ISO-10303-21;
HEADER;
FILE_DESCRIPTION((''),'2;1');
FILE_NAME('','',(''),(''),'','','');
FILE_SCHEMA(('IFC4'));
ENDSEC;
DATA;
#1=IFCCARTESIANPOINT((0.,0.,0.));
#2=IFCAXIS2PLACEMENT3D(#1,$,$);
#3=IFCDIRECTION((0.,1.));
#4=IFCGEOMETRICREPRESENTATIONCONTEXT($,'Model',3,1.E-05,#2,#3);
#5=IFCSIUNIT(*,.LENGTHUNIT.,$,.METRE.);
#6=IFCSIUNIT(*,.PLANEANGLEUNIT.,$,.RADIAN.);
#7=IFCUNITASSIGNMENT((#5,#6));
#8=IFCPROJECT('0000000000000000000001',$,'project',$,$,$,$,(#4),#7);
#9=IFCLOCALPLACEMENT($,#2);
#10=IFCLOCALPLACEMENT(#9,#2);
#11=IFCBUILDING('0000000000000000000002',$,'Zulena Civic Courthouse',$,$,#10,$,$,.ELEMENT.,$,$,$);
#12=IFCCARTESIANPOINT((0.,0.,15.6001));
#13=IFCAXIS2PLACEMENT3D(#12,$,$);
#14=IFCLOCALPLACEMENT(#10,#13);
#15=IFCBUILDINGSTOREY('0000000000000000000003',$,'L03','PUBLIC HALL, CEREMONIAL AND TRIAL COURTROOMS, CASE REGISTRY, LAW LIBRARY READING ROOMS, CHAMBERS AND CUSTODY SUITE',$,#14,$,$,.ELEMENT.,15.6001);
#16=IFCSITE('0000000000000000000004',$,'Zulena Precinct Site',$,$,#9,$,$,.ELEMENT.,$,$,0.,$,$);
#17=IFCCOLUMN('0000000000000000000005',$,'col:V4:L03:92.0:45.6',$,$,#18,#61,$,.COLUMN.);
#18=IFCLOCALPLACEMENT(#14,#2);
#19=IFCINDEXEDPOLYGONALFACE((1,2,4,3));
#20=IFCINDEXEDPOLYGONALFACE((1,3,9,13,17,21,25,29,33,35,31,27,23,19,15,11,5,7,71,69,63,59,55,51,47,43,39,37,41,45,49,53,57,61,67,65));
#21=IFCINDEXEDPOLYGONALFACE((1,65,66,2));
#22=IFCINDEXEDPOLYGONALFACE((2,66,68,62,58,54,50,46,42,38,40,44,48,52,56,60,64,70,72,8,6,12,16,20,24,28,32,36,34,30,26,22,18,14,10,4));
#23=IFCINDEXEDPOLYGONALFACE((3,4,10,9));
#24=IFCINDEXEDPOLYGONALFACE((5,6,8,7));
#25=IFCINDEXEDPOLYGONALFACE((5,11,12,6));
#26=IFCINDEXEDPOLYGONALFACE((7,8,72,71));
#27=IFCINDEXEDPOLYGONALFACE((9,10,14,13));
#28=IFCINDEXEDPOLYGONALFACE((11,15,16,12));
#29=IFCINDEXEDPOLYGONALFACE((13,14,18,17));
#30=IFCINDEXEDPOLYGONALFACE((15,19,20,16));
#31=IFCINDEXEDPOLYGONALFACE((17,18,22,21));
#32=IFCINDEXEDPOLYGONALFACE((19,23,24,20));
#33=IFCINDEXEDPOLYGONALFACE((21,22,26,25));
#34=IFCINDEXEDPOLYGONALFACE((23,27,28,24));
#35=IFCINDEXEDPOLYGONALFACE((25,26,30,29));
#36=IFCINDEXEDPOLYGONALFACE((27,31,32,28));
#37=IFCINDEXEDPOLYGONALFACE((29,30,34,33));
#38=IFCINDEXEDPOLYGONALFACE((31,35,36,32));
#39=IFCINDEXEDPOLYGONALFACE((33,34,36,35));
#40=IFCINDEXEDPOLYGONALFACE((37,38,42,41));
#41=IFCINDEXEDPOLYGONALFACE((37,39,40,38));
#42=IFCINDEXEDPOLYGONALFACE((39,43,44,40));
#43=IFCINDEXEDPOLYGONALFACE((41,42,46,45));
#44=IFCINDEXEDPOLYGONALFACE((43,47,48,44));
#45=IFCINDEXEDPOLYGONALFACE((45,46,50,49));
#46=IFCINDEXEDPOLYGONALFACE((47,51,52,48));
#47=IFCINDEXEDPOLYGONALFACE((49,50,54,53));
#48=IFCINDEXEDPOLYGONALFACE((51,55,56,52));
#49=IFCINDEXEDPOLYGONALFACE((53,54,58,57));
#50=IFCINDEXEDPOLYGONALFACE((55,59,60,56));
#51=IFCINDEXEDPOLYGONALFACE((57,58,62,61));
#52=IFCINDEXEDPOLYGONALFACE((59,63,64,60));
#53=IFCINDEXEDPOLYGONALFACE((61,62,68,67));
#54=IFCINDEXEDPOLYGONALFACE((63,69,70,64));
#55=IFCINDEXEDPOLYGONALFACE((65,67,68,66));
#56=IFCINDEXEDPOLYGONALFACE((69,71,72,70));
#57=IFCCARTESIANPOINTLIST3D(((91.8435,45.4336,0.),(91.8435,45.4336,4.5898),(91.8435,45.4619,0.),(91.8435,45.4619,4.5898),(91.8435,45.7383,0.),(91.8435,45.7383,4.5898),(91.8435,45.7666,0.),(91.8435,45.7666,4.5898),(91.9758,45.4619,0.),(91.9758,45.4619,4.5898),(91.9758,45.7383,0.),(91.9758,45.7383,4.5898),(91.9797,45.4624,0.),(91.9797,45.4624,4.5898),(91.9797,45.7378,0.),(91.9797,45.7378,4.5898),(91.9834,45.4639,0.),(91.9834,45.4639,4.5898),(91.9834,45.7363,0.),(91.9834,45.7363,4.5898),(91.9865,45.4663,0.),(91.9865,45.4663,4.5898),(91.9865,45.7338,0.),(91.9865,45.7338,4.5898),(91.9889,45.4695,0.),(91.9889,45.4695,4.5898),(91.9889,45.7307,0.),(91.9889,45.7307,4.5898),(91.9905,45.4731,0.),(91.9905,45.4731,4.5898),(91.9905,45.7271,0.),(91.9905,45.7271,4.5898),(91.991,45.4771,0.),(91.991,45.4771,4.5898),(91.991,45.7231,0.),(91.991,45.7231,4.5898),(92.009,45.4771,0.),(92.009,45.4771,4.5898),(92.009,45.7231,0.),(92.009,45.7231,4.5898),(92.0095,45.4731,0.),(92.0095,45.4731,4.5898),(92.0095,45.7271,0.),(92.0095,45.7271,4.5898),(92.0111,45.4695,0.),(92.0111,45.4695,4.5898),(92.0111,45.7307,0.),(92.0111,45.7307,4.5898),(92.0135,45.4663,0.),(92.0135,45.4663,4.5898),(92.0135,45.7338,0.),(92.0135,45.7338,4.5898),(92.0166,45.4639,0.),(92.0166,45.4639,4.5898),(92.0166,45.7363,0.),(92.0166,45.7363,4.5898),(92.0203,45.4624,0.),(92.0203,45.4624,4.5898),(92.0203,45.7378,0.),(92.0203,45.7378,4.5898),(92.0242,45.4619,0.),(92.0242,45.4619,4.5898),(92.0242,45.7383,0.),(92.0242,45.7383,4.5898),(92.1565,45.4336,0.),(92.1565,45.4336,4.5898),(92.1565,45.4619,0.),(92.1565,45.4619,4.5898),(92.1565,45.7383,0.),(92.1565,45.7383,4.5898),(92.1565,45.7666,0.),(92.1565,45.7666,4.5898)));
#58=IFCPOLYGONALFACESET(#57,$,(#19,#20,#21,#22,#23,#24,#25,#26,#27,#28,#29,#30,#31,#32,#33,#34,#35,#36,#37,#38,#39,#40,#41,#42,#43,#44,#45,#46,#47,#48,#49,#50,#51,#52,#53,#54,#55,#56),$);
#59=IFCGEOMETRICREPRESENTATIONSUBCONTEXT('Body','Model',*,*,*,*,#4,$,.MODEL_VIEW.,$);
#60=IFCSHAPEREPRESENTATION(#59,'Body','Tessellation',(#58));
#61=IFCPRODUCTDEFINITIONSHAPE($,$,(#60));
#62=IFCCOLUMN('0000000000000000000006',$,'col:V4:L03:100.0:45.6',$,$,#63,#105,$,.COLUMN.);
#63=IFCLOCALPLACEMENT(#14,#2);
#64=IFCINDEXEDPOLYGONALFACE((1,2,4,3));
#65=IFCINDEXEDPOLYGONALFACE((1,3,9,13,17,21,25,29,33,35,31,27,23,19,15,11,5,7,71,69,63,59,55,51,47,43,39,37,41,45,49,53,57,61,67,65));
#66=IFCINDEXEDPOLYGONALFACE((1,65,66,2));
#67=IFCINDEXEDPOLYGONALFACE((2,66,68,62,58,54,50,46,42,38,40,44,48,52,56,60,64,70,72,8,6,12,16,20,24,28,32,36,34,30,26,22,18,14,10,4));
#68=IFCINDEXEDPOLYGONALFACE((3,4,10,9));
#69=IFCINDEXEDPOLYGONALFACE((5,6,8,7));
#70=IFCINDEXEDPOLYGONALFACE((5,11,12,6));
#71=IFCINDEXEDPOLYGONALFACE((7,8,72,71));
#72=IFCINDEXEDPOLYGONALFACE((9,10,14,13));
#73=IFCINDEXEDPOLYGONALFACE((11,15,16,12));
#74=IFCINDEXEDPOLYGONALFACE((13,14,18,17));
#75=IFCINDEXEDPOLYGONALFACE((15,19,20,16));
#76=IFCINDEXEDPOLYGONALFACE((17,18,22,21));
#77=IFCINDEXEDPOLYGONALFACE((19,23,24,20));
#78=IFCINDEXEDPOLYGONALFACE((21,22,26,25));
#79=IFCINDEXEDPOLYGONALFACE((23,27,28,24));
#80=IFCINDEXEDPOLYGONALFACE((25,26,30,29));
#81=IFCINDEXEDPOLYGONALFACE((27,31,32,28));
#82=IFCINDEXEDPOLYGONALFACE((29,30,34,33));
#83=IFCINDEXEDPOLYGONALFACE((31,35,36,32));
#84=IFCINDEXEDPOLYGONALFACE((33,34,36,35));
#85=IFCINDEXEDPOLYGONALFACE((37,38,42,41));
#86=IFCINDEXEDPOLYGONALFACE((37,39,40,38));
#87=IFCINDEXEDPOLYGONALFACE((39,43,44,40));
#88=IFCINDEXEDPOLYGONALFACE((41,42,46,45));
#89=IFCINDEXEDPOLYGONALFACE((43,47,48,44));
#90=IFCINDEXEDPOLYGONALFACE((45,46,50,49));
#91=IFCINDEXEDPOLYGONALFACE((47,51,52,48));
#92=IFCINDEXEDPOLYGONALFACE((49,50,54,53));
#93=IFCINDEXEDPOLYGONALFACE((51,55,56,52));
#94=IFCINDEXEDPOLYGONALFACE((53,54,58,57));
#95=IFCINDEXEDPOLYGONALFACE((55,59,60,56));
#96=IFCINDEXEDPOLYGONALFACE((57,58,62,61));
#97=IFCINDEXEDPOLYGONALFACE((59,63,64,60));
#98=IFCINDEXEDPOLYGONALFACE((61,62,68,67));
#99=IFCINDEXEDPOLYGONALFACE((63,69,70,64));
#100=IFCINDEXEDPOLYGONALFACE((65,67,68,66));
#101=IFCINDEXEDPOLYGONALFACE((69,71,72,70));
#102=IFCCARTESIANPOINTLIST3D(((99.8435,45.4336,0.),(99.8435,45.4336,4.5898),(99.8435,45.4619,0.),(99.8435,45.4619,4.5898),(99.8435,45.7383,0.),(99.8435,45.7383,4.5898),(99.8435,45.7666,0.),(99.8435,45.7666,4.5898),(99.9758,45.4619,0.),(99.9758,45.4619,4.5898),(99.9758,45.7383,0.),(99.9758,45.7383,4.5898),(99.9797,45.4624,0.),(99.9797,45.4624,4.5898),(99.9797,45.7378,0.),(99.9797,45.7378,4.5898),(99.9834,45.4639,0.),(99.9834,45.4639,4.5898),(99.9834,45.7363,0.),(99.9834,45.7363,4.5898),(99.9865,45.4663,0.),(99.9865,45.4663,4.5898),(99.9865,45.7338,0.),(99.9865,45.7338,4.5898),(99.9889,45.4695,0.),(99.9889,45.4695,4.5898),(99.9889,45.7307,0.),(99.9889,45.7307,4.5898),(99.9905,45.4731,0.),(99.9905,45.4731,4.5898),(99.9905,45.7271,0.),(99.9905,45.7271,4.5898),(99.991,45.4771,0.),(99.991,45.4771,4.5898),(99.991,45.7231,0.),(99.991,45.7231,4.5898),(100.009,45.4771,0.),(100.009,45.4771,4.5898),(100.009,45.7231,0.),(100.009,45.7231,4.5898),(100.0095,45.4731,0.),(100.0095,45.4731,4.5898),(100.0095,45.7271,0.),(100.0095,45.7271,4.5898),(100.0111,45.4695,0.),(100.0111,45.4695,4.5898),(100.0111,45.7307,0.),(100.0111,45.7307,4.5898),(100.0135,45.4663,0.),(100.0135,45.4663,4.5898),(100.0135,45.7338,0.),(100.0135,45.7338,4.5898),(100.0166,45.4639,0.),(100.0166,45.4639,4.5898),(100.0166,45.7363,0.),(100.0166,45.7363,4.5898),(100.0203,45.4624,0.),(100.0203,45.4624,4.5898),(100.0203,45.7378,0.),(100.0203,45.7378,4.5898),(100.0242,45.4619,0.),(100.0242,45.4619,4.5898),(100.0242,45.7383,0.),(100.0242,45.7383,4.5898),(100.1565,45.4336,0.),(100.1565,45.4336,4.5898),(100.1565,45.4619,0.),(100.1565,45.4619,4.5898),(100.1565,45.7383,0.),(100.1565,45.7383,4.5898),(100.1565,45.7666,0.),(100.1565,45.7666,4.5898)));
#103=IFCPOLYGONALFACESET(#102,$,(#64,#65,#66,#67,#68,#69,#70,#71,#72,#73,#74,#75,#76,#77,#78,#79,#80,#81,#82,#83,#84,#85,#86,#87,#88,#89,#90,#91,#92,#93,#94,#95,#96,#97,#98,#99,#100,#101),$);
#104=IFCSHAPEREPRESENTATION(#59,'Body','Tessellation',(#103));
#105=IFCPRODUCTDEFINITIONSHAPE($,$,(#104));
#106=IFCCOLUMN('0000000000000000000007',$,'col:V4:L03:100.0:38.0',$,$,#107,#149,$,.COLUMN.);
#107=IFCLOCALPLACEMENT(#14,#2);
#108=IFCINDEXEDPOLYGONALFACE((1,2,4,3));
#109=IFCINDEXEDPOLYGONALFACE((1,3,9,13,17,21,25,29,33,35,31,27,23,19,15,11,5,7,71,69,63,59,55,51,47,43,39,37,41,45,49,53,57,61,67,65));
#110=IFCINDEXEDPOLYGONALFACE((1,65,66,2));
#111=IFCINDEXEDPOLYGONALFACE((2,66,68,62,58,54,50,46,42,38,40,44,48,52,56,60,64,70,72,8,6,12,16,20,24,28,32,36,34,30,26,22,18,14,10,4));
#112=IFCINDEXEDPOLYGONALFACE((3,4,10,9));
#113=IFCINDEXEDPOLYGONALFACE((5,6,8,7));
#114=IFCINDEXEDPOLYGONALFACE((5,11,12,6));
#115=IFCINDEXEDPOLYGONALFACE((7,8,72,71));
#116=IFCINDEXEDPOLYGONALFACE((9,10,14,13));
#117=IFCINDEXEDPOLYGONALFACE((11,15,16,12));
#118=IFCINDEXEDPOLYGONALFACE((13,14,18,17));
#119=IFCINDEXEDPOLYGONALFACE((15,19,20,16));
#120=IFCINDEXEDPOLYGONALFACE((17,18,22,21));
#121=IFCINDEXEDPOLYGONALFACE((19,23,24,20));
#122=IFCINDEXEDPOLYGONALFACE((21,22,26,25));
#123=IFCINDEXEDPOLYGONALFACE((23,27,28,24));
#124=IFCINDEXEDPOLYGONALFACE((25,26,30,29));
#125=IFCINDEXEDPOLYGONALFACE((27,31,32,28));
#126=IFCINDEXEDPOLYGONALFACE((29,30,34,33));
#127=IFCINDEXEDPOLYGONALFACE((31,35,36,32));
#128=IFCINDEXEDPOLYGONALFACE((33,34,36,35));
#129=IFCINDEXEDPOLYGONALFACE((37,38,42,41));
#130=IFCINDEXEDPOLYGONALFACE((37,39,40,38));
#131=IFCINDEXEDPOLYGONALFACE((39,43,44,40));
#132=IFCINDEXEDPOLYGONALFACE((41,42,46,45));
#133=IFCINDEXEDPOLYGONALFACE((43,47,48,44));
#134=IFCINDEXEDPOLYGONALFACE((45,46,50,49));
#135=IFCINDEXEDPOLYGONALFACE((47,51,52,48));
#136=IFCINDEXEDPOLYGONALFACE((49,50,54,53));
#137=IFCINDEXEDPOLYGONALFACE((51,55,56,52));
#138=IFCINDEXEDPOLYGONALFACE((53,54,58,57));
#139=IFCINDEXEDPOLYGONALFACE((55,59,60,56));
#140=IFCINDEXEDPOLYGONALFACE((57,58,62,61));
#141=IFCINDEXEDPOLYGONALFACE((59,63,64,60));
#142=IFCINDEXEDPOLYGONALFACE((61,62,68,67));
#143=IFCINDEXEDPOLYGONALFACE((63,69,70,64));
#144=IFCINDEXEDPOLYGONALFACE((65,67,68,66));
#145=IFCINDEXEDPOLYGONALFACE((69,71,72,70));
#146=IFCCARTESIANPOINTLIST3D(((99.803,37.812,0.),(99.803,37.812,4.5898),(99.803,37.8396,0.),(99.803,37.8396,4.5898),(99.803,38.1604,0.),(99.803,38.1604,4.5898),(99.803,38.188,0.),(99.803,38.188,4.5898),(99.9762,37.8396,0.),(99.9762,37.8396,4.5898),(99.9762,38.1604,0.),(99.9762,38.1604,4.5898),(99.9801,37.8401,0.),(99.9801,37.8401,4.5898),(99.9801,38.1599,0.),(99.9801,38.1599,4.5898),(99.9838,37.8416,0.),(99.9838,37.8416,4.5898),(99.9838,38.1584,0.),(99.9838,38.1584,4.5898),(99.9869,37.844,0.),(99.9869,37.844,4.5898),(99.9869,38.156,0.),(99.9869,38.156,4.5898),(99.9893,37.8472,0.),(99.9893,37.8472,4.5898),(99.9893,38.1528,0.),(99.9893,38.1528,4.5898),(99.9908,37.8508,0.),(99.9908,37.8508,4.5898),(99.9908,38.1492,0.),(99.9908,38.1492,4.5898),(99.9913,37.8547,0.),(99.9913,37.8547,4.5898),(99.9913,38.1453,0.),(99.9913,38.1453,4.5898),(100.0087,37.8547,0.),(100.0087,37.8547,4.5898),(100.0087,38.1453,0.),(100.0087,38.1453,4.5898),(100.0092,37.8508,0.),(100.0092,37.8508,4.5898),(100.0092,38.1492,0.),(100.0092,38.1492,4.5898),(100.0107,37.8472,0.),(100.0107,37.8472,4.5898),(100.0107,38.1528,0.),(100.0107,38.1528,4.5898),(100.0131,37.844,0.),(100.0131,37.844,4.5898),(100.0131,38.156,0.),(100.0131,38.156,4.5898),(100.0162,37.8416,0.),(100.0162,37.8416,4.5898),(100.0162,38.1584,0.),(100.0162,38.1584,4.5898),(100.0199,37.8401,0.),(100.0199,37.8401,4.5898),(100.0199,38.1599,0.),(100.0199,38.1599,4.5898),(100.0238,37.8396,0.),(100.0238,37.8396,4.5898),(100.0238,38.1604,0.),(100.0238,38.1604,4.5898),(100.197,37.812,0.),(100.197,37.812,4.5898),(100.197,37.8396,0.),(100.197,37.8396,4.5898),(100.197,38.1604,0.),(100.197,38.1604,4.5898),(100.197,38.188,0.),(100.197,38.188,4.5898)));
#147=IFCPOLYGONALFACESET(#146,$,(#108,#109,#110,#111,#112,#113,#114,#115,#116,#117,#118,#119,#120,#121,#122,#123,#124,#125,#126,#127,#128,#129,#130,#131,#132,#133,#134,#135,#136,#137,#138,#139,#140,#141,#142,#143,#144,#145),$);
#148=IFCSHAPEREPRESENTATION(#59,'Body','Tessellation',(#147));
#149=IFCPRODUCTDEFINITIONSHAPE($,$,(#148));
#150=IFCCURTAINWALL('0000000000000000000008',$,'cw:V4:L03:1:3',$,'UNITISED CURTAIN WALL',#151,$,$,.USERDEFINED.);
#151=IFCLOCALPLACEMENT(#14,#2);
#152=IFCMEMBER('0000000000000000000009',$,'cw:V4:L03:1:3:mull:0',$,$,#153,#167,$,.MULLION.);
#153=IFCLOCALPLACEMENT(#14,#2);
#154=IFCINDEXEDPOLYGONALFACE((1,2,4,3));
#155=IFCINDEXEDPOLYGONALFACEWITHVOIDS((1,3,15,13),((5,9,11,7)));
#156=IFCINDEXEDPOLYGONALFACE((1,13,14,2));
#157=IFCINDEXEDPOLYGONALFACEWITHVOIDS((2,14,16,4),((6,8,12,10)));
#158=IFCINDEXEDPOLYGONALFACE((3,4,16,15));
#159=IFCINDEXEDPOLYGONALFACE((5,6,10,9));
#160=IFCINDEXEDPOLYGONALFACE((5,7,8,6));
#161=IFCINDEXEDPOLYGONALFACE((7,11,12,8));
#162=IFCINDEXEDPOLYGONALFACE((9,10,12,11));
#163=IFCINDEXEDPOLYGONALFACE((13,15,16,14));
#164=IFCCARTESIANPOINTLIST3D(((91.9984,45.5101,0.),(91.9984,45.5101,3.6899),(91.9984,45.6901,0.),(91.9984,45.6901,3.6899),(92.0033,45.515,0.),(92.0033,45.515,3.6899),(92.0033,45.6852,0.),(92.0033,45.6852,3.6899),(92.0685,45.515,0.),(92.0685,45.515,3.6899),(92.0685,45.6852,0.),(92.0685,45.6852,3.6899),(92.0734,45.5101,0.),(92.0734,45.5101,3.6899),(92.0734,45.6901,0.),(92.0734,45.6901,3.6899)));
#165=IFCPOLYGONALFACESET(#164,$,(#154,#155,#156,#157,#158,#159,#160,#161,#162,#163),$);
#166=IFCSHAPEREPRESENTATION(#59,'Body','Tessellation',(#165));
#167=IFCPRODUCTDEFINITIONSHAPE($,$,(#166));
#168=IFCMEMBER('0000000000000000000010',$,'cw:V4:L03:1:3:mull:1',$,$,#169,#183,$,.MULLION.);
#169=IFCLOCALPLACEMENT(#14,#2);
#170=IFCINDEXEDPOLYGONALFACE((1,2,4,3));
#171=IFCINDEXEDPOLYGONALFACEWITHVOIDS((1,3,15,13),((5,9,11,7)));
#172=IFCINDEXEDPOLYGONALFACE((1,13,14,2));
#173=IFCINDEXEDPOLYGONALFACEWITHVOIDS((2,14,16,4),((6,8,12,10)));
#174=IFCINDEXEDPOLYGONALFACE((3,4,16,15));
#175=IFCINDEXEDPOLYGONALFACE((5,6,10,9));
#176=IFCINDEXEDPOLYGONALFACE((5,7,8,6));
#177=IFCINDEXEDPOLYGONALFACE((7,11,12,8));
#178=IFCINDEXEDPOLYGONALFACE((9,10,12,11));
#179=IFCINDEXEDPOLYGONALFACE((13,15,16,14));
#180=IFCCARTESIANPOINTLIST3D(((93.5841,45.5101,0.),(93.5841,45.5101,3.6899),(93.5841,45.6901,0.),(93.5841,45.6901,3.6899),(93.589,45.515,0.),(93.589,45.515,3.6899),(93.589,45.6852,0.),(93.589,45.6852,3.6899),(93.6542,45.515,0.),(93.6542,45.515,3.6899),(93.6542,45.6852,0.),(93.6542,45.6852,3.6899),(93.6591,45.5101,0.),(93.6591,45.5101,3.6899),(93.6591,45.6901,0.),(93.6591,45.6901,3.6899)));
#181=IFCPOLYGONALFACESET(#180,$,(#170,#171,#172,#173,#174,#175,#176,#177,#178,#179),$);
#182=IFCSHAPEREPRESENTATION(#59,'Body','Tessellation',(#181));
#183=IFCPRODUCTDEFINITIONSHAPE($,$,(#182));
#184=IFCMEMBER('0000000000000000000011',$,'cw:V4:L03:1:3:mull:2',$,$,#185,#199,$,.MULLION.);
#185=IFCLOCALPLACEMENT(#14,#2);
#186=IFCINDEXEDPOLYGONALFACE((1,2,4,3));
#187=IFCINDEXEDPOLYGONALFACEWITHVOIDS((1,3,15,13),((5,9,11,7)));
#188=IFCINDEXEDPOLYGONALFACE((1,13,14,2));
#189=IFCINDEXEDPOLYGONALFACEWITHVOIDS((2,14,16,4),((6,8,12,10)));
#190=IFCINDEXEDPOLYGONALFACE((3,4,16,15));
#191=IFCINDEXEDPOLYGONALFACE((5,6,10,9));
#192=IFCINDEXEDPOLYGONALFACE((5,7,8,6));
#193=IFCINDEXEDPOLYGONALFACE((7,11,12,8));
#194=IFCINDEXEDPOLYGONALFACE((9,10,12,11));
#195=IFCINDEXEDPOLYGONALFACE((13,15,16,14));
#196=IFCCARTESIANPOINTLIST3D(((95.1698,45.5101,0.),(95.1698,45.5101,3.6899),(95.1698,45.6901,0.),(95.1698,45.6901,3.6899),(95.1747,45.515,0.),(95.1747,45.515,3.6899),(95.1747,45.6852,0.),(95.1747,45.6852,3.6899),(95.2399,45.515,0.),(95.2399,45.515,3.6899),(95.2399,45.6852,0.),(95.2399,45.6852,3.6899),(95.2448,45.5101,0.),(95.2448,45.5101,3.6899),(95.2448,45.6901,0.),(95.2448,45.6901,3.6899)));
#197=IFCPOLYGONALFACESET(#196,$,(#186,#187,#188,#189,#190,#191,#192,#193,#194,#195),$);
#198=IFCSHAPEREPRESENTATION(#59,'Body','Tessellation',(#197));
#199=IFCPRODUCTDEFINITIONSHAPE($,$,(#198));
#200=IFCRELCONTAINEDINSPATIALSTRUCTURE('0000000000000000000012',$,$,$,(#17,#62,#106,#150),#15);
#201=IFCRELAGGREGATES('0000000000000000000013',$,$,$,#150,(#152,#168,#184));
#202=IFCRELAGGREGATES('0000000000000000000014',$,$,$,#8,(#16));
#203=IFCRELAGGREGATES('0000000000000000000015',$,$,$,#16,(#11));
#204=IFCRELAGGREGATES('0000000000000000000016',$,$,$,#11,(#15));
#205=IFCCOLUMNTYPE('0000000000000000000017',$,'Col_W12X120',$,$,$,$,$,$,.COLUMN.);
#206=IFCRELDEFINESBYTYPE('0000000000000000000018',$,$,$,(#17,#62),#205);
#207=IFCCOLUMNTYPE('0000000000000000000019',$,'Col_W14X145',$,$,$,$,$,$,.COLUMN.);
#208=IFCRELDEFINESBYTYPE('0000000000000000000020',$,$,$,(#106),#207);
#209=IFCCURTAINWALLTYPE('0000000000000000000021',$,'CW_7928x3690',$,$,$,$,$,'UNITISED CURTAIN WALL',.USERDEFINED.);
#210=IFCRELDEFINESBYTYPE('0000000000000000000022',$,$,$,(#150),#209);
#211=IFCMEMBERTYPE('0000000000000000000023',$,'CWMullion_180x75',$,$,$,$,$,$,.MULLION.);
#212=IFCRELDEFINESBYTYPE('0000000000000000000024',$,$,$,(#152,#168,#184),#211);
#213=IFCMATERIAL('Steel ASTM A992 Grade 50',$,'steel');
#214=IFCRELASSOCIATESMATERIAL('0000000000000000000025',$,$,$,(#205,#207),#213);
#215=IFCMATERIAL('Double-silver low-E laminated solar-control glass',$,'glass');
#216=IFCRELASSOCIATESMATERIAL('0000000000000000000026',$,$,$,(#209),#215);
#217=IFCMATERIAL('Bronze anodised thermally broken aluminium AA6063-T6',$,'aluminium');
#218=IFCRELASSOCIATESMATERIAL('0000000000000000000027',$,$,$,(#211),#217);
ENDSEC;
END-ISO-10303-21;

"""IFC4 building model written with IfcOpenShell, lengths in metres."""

from ifc_helpers import new_model, si_unit, direction, frame, origin, origin_2d, place, context, subcontext, project, spatial, hollow_rectangle, i_section, extrude, material, material_profile, profile_set, type_object, element, aggregate, save


model = new_model("IFC4")

# Units and contexts
model_context = context("Model", 3, precision=1e-05, world=origin(), true_north=direction((0.0, 1.0)))
body_context = subcontext(model_context, "Body", "Model", "MODEL_VIEW")
ifc_project = project(units=[si_unit("LENGTHUNIT", "METRE"), si_unit("PLANEANGLEUNIT", "RADIAN")], contexts=[model_context])

# Site, building, storey
site_placement = place(None, origin())
site = spatial("IfcSite", under=ifc_project, at=site_placement, Name="Zulena Precinct Site", CompositionType="ELEMENT", RefElevation=0.0)
building_placement = place(site_placement, origin())
building = spatial("IfcBuilding", under=site, at=building_placement, Name="Zulena Civic Courthouse", CompositionType="ELEMENT")
storey_placement = place(building_placement, frame((0.0, 0.0, 15.6001)))
storey = spatial("IfcBuildingStorey", under=building, at=storey_placement, Name="L03", Description="PUBLIC HALL, CEREMONIAL AND TRIAL COURTROOMS, CASE REGISTRY, LAW LIBRARY READING ROOMS, CHAMBERS AND CUSTODY SUITE", CompositionType="ELEMENT", Elevation=15.6001)

# Columns
ifc_material_1 = material(Name="Steel ASTM A992 Grade 50", Category="steel")
ifc_material_profile_1 = material_profile(ifc_material_1, i_section(OverallWidth=0.313, OverallDepth=0.333, WebThickness=0.0181, FlangeThickness=0.0283, FilletRadius=0.0151, at=origin_2d()), Name="W12X120")
ifc_profile_set_1 = profile_set([ifc_material_profile_1], Name="Steel ASTM A992 Grade 50")
column_type_1 = type_object("IfcColumnType", Name="Col_W12X120", PredefinedType="COLUMN", material=ifc_profile_set_1)
for number, where, z_axis, x_axis, name in (
    (1, (92.0, 45.6001, 0.0), (0.0, 0.0, 1.0), (1.0, 0.0, 0.0), "col:V4:L03:92.0:45.6"),
    (2, (100.0, 45.6001, 0.0), (0.0, 0.0, 1.0), (1.0, 0.0, 0.0), "col:V4:L03:100.0:45.6"),
):
    element("IfcColumn", number, at=place(storey_placement, frame(where, z_axis=z_axis, x_axis=x_axis)), inside=storey, type_object=column_type_1, Name=name, PredefinedType="COLUMN", context=body_context, shape_type="SweptSolid", body=[
        extrude(i_section(OverallWidth=0.313, OverallDepth=0.333, WebThickness=0.0181, FlangeThickness=0.0283, FilletRadius=0.0151, at=origin_2d()), origin(), (0.0, 0.0, 1.0), 4.5898),
    ])
ifc_material_profile_2 = material_profile(ifc_material_1, i_section(OverallWidth=0.394, OverallDepth=0.376, WebThickness=0.0173, FlangeThickness=0.0276, FilletRadius=0.0151, at=origin_2d()), Name="W14X145")
ifc_profile_set_2 = profile_set([ifc_material_profile_2], Name="Steel ASTM A992 Grade 50")
column_type_2 = type_object("IfcColumnType", Name="Col_W14X145", PredefinedType="COLUMN", material=ifc_profile_set_2)
column_placement = place(storey_placement, frame((100.0, 38.0, 0.0), z_axis=(0.0, 0.0, 1.0), x_axis=(1.0, 0.0, 0.0)))
element("IfcColumn", 3, at=column_placement, inside=storey, type_object=column_type_2, Name="col:V4:L03:100.0:38.0", PredefinedType="COLUMN", context=body_context, shape_type="SweptSolid", body=[
    extrude(i_section(OverallWidth=0.394, OverallDepth=0.376, WebThickness=0.0173, FlangeThickness=0.0276, FilletRadius=0.0151, at=origin_2d()), origin(), (0.0, 0.0, 1.0), 4.5898),
])

# Curtain wall, members
ifc_material_2 = material(Name="Double-silver low-E laminated solar-control glass", Category="glass")
curtain_wall_type = type_object("IfcCurtainWallType", Name="CW_7928x3690", ElementType="UNITISED CURTAIN WALL", PredefinedType="USERDEFINED", material=ifc_material_2)
curtain_wall_1_placement = place(storey_placement, origin())
curtain_wall_1 = element("IfcCurtainWall", 4, at=curtain_wall_1_placement, inside=storey, type_object=curtain_wall_type, Name="cw:V4:L03:1:3", ObjectType="UNITISED CURTAIN WALL", PredefinedType="USERDEFINED")
ifc_material_3 = material(Name="Bronze anodised thermally broken aluminium AA6063-T6", Category="aluminium")
ifc_material_profile_3 = material_profile(ifc_material_3, hollow_rectangle(XDim=0.075, YDim=0.1799, WallThickness=0.0049, at=origin_2d()), Name="CWM180X75X5")
ifc_profile_set_3 = profile_set([ifc_material_profile_3], Name="Bronze anodised thermally broken aluminium AA6063-T6")
member_type_1 = type_object("IfcMemberType", Name="CWMullion_180x75", PredefinedType="MULLION", material=ifc_profile_set_3)
member_1_placement = place(storey_placement, frame((92.0359, 45.6001, 0.0), z_axis=(0.0, 0.0, 1.0), x_axis=(1.0, 0.0, 0.0)))
member_1 = element("IfcMember", 5, at=member_1_placement, type_object=member_type_1, Name="cw:V4:L03:1:3:mull:0", PredefinedType="MULLION", context=body_context, shape_type="SweptSolid", body=[
    extrude(hollow_rectangle(XDim=0.075, YDim=0.1799, WallThickness=0.0049, at=origin_2d()), origin(), (0.0, 0.0, 1.0), 3.6899),
])
member_2_placement = place(storey_placement, frame((93.6216, 45.6001, 0.0), z_axis=(0.0, 0.0, 1.0), x_axis=(1.0, 0.0, 0.0)))
member_2 = element("IfcMember", 6, at=member_2_placement, type_object=member_type_1, Name="cw:V4:L03:1:3:mull:1", PredefinedType="MULLION", context=body_context, shape_type="SweptSolid", body=[
    extrude(hollow_rectangle(XDim=0.075, YDim=0.1799, WallThickness=0.0049, at=origin_2d()), origin(), (0.0, 0.0, 1.0), 3.6899),
])
member_3_placement = place(storey_placement, frame((95.2073, 45.6001, 0.0), z_axis=(0.0, 0.0, 1.0), x_axis=(1.0, 0.0, 0.0)))
member_3 = element("IfcMember", 7, at=member_3_placement, type_object=member_type_1, Name="cw:V4:L03:1:3:mull:2", PredefinedType="MULLION", context=body_context, shape_type="SweptSolid", body=[
    extrude(hollow_rectangle(XDim=0.075, YDim=0.1799, WallThickness=0.0049, at=origin_2d()), origin(), (0.0, 0.0, 1.0), 3.6899),
])

aggregate(curtain_wall_1, [member_1, member_2, member_3])

save(model, "model.ifc")
